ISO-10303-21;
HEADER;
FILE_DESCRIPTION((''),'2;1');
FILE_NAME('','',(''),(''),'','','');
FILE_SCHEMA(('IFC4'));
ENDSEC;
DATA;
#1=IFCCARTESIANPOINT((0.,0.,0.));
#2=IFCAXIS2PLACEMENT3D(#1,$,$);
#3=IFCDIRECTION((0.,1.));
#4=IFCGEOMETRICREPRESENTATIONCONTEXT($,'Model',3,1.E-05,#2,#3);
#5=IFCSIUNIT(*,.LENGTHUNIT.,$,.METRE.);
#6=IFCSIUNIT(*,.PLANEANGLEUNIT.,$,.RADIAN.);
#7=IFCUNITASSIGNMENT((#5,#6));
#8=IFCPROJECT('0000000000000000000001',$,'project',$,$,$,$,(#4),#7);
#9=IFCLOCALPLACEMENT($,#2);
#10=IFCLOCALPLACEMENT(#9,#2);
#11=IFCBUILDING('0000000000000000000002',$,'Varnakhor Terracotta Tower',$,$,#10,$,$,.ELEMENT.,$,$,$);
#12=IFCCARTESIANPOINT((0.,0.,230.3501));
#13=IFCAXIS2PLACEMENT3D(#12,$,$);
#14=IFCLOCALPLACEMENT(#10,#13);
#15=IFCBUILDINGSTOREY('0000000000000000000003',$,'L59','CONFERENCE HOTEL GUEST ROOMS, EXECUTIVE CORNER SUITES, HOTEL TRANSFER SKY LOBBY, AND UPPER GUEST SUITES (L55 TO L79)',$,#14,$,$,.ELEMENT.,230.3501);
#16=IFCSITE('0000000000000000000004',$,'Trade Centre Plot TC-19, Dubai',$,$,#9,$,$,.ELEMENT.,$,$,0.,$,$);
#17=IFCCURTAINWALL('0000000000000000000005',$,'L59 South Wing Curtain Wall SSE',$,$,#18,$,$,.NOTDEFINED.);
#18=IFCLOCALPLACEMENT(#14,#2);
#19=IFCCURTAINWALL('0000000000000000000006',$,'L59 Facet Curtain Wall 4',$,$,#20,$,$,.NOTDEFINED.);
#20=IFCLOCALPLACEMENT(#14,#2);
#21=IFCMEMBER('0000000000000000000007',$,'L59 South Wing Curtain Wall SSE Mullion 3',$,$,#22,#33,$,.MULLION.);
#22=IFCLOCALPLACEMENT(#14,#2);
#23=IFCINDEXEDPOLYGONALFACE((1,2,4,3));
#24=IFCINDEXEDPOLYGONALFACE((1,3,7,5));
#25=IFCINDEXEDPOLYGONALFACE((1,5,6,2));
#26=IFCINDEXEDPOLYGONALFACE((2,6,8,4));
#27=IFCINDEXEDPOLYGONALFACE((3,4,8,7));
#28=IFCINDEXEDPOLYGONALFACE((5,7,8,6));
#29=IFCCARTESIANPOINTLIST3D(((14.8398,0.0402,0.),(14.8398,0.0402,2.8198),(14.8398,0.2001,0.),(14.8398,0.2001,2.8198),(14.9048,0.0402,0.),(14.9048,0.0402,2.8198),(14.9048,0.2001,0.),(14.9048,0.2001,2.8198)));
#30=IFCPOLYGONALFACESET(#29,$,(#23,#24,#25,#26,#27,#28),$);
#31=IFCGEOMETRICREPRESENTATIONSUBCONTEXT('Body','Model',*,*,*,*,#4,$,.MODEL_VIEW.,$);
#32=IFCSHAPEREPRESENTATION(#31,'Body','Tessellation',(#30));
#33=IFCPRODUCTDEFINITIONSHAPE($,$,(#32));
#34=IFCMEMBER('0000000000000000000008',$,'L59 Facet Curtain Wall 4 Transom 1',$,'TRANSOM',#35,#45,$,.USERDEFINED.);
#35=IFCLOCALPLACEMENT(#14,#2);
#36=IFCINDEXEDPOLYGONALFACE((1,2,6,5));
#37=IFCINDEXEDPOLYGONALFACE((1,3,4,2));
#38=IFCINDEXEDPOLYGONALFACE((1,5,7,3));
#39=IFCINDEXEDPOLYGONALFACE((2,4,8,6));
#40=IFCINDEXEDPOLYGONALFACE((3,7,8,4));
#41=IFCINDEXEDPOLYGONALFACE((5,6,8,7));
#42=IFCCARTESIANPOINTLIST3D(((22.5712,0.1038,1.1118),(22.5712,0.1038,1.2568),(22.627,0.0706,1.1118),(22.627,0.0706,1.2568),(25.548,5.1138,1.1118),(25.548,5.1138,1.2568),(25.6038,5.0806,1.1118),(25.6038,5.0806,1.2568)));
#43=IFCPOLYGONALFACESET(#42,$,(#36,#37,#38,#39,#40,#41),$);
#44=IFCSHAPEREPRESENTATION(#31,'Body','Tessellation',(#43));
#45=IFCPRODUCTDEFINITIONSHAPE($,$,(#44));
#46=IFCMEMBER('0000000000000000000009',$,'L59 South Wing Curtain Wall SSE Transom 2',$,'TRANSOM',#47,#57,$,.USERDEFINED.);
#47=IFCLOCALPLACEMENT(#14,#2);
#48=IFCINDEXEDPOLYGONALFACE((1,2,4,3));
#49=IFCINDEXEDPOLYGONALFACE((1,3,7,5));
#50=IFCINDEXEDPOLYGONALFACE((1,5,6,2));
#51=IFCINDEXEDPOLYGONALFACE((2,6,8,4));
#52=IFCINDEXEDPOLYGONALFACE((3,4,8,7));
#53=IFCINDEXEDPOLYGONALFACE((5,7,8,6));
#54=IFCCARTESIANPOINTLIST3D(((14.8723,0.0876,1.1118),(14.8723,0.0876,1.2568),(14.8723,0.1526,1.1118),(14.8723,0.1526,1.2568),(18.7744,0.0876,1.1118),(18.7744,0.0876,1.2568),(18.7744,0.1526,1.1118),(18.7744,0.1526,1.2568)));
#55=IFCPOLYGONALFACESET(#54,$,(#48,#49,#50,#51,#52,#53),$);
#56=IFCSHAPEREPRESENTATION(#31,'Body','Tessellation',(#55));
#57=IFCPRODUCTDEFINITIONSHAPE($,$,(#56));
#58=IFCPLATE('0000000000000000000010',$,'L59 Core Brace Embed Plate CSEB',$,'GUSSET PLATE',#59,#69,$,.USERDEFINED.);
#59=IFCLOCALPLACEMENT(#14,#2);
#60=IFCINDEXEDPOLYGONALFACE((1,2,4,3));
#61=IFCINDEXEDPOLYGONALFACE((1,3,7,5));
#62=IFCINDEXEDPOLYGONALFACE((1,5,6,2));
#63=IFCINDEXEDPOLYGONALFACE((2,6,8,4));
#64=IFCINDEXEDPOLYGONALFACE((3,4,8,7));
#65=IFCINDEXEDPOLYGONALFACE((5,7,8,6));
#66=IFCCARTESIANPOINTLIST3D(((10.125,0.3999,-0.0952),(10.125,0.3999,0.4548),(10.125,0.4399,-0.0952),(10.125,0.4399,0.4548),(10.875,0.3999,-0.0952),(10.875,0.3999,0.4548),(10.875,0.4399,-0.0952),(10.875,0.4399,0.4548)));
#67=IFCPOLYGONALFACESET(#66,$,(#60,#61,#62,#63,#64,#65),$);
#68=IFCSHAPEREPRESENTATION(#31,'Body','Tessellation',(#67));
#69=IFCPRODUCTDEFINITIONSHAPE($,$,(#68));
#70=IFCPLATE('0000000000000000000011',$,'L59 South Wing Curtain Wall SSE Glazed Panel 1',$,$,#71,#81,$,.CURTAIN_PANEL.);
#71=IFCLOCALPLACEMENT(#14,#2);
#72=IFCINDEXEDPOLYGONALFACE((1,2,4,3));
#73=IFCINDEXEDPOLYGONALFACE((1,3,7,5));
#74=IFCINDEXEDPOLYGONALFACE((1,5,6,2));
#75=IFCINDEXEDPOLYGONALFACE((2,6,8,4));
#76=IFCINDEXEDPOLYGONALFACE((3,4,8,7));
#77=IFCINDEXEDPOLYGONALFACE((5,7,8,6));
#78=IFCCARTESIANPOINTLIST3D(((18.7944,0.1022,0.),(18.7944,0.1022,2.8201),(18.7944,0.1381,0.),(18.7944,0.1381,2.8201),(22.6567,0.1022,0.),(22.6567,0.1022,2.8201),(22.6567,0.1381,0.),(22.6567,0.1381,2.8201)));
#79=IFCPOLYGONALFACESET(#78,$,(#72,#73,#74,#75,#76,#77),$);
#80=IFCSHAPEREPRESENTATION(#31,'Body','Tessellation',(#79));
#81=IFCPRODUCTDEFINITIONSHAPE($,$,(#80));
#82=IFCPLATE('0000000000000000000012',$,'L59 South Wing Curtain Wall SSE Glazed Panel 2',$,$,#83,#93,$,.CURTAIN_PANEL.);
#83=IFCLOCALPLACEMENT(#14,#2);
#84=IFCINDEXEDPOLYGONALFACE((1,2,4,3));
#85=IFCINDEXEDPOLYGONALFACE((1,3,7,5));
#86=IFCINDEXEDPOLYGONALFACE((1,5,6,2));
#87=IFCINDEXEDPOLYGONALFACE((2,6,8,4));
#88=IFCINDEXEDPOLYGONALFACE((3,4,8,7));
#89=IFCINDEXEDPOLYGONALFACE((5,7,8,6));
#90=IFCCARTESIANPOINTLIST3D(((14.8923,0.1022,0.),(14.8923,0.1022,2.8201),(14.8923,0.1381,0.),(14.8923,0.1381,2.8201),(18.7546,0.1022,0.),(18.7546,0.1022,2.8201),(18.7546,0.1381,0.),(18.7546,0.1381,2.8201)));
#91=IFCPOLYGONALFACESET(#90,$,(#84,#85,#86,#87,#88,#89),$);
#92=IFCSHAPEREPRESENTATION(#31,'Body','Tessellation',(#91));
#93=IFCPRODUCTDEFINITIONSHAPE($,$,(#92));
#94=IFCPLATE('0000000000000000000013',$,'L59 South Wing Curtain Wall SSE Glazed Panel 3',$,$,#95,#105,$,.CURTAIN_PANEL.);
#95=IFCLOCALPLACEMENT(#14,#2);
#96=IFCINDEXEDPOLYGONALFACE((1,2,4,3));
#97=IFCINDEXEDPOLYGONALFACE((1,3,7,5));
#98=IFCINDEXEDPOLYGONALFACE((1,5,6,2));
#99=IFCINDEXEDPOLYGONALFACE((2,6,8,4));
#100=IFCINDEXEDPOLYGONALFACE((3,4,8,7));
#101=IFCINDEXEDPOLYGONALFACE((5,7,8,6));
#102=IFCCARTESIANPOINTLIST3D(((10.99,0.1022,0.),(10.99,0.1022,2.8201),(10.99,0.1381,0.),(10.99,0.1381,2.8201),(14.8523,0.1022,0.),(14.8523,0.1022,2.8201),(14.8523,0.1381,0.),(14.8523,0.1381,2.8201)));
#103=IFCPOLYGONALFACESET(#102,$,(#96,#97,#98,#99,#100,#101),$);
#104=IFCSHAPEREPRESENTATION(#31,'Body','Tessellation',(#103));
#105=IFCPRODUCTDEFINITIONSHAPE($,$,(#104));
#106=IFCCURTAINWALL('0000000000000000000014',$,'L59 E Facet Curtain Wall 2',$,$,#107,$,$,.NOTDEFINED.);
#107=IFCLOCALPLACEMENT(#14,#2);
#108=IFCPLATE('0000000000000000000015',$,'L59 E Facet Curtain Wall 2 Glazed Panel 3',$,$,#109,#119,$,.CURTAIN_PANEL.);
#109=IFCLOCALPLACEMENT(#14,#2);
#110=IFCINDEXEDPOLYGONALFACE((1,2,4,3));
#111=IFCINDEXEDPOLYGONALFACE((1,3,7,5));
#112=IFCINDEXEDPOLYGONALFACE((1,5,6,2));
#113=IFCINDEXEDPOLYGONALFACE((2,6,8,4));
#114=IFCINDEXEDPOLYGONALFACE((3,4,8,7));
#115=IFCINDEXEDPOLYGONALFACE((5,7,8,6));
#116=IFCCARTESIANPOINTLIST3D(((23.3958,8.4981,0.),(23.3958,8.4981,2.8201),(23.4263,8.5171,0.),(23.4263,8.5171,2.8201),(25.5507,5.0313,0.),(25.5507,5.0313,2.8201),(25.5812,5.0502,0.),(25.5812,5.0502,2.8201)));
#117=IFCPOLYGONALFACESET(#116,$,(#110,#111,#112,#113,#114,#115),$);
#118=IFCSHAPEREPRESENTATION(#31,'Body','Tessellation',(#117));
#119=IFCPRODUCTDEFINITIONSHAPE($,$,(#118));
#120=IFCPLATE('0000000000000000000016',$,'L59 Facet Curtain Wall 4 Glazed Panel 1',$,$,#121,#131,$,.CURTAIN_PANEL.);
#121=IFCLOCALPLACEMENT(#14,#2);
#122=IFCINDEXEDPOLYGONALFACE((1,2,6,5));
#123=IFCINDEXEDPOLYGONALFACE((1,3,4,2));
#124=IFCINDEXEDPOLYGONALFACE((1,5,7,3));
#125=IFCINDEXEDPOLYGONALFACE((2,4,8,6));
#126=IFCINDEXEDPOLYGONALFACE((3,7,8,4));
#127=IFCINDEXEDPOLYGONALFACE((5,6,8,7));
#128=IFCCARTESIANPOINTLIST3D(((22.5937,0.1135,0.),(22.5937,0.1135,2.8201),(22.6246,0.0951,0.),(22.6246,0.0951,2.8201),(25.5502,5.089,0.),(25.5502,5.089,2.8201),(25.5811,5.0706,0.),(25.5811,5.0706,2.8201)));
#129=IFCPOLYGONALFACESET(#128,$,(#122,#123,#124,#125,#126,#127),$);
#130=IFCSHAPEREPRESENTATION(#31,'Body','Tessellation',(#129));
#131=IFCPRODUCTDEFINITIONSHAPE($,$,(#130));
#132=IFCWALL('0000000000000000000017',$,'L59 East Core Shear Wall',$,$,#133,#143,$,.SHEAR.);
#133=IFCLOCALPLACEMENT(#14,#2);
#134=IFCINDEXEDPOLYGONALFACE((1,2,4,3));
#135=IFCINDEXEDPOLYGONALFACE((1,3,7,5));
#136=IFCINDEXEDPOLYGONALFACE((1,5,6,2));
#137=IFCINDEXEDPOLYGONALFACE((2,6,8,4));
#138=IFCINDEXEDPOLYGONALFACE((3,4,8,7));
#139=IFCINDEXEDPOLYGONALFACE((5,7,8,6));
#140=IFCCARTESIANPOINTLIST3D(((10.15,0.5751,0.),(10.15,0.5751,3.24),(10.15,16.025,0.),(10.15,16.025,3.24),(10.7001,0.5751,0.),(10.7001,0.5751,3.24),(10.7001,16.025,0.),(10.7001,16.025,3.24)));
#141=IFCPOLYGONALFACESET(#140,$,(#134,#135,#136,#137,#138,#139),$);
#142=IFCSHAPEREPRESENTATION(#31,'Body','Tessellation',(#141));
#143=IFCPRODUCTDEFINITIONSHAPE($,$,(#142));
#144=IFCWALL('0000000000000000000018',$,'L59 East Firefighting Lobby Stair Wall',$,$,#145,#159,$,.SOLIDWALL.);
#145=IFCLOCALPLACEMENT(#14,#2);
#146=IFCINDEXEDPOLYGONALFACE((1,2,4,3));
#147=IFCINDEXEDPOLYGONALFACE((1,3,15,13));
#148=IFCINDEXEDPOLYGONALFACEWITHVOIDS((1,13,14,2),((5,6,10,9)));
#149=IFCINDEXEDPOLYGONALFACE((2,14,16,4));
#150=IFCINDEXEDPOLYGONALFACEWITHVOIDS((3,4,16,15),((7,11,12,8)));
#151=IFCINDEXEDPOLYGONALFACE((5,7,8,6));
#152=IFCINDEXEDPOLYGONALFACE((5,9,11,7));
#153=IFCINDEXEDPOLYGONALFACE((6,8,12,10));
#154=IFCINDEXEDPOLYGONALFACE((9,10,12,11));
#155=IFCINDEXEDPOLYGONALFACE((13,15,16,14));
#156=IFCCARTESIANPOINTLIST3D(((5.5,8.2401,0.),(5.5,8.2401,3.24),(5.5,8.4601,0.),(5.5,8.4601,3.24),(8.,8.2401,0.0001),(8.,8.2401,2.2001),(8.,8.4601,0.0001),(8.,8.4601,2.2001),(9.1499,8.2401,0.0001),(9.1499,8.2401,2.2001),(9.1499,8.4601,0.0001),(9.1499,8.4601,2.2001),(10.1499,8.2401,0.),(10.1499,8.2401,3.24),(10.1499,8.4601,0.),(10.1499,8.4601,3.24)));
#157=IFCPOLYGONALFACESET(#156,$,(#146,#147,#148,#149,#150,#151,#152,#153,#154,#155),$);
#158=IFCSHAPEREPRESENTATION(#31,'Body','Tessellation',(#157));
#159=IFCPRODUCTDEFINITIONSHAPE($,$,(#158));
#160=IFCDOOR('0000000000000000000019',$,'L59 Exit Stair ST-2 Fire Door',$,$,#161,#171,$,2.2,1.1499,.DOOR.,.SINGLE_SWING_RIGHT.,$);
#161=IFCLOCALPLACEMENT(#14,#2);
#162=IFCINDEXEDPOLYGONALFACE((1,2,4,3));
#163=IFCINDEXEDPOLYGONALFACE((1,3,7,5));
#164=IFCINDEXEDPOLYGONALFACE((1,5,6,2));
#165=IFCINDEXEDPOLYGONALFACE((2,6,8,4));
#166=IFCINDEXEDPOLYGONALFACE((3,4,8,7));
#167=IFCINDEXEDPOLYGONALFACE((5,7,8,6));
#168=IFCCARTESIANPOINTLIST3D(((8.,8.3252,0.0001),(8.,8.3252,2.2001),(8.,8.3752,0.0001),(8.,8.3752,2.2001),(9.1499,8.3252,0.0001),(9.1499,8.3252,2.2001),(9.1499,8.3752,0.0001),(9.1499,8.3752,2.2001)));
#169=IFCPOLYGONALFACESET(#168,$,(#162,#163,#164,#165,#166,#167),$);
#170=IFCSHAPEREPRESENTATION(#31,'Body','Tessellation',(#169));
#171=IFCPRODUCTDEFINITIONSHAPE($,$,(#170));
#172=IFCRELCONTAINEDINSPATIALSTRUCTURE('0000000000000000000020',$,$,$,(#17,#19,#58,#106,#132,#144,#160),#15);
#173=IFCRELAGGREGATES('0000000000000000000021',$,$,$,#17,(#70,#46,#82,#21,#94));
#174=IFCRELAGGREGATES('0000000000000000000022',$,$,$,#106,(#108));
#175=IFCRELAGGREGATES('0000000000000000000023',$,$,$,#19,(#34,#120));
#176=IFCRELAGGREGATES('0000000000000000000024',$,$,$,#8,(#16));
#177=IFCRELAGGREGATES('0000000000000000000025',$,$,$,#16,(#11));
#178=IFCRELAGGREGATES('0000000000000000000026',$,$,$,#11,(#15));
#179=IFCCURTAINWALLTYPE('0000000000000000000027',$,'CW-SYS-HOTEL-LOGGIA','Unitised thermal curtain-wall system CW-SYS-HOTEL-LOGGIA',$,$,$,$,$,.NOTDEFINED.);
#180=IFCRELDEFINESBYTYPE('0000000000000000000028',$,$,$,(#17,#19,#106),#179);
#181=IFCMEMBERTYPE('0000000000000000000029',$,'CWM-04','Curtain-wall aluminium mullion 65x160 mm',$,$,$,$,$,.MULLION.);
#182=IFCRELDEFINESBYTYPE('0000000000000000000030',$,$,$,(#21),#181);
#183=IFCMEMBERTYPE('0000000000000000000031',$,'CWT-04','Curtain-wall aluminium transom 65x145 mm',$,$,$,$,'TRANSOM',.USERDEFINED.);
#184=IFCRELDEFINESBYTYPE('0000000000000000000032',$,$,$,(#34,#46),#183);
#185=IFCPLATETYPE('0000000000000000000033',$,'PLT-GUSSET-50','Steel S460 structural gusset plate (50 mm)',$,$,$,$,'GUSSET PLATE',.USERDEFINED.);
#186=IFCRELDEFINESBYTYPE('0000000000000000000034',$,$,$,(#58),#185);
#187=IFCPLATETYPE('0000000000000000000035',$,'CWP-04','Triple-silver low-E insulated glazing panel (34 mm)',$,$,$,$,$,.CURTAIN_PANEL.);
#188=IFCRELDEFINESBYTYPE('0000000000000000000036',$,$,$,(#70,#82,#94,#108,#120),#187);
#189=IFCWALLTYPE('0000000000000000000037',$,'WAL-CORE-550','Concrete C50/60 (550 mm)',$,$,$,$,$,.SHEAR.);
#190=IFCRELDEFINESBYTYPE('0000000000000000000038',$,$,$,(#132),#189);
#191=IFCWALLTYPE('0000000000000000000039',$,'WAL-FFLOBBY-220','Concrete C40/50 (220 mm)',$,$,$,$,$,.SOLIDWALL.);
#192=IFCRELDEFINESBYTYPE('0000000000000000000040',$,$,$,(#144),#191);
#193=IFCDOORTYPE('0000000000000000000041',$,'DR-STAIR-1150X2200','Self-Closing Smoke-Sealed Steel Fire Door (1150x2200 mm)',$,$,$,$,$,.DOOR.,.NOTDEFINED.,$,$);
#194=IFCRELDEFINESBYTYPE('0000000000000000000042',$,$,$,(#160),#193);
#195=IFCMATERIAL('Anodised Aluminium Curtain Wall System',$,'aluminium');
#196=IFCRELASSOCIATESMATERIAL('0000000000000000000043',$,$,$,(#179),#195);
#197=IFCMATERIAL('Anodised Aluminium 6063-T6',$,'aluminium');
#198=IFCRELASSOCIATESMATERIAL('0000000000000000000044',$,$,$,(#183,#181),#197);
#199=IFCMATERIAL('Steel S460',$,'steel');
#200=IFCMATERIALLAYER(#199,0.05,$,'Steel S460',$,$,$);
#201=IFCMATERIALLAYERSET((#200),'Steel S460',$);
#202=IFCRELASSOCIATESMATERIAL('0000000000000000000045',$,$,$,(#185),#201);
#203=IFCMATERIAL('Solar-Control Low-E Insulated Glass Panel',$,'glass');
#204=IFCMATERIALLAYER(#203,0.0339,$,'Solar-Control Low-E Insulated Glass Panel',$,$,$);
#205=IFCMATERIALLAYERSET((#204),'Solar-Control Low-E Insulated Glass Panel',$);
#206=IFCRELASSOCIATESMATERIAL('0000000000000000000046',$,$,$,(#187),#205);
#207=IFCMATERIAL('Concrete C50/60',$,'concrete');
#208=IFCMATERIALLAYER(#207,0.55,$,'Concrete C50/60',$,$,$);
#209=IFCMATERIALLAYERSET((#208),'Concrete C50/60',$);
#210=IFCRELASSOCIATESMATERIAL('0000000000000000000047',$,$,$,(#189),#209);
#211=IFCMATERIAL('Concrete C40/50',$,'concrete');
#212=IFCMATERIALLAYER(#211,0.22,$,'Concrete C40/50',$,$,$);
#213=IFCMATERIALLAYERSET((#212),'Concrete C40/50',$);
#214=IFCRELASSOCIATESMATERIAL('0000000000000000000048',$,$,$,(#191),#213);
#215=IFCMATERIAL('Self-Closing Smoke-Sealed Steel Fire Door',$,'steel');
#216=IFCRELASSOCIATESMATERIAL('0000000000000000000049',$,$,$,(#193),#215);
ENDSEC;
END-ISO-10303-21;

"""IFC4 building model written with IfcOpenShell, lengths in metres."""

from ifc_helpers import new_model, si_unit, direction, frame, frame_2d, origin, origin_2d, place, context, subcontext, project, spatial, rectangle, extrude, source, transform, mapped, material, layer, layer_set, material_profile, profile_set, type_object, type_shapes, element, fill, aggregate, save


model = new_model("IFC4")

# Units and contexts
model_context = context("Model", 3, precision=1e-05, world=origin(), true_north=direction((0.0, 1.0)))
body_context = subcontext(model_context, "Body", "Model", "MODEL_VIEW")
ifc_project = project(units=[si_unit("LENGTHUNIT", "METRE"), si_unit("PLANEANGLEUNIT", "RADIAN")], contexts=[model_context])

# Site, building, storey
site_placement = place(None, origin())
site = spatial("IfcSite", under=ifc_project, at=site_placement, Name="Trade Centre Plot TC-19, Dubai", CompositionType="ELEMENT", RefElevation=0.0)
building_placement = place(site_placement, origin())
building = spatial("IfcBuilding", under=site, at=building_placement, Name="Varnakhor Terracotta Tower", CompositionType="ELEMENT")
storey_placement = place(building_placement, frame((0.0, 0.0, 230.3501)))
storey = spatial("IfcBuildingStorey", under=building, at=storey_placement, Name="L59", Description="CONFERENCE HOTEL GUEST ROOMS, EXECUTIVE CORNER SUITES, HOTEL TRANSFER SKY LOBBY, AND UPPER GUEST SUITES (L55 TO L79)", CompositionType="ELEMENT", Elevation=230.3501)

# Shared definitions
ifc_material_1 = material(Name="Concrete C50/60", Category="concrete")
ifc_material_2 = material(Name="Steel S460", Category="steel")

# Curtain wall
ifc_material_3 = material(Name="Anodised Aluminium Curtain Wall System", Category="aluminium")
curtain_wall_type = type_object("IfcCurtainWallType", Name="CW-SYS-HOTEL-LOGGIA", Description="Unitised thermal curtain-wall system CW-SYS-HOTEL-LOGGIA", PredefinedType="NOTDEFINED", material=ifc_material_3)
curtain_wall_1_placement = place(storey_placement, origin())
curtain_wall_1 = element("IfcCurtainWall", 1, at=curtain_wall_1_placement, inside=storey, type_object=curtain_wall_type, Name="L59 South Wing Curtain Wall SSE", PredefinedType="NOTDEFINED")
ifc_material_4 = material(Name="Anodised Aluminium 6063-T6", Category="aluminium")
ifc_material_profile_1 = material_profile(ifc_material_4, rectangle(XDim=0.0649, YDim=0.145, at=origin_2d()), Name="ALU TRANSOM 65x145")
ifc_profile_set_1 = profile_set([ifc_material_profile_1], Name="Anodised Aluminium 6063-T6")
member_type_1 = type_object("IfcMemberType", Name="CWT-04", Description="Curtain-wall aluminium transom 65x145 mm", ElementType="TRANSOM", PredefinedType="USERDEFINED", material=ifc_profile_set_1)

# Curtain wall
curtain_wall_2_placement = place(storey_placement, origin())
curtain_wall_2 = element("IfcCurtainWall", 2, at=curtain_wall_2_placement, inside=storey, type_object=curtain_wall_type, Name="L59 Facet Curtain Wall 4", PredefinedType="NOTDEFINED")
ifc_material_profile_2 = material_profile(ifc_material_4, rectangle(XDim=0.0649, YDim=0.1599, at=origin_2d()), Name="ALU MULLION 65x160")
ifc_profile_set_2 = profile_set([ifc_material_profile_2], Name="Anodised Aluminium 6063-T6")
member_type_2 = type_object("IfcMemberType", Name="CWM-04", Description="Curtain-wall aluminium mullion 65x160 mm", PredefinedType="MULLION", material=ifc_profile_set_2)
shared_shape_1 = source(origin(), body_context, "Body", "SweptSolid", [
    extrude(rectangle(XDim=0.0649, YDim=0.1599, at=origin_2d()), origin(), (0.0, 0.0, 1.0), 2.8198),
])

# Members
member_1_placement = place(storey_placement, frame((14.8723, 0.1201, 0.0), z_axis=(0.0, 0.0, 1.0), x_axis=(1.0, 0.0, 0.0)))
member_1 = element("IfcMember", 3, at=member_1_placement, type_object=member_type_2, Name="L59 South Wing Curtain Wall SSE Mullion 3", PredefinedType="MULLION", context=body_context, shape_type="MappedRepresentation", body=[
    mapped(shared_shape_1, transform((0.0, 0.0, 0.0), scale=1.0)),
])
shared_shape_2 = source(origin(), body_context, "Body", "SweptSolid", [
    extrude(rectangle(XDim=0.0649, YDim=0.145, at=origin_2d()), origin(), (0.0, 0.0, 1.0), 5.8276),
])
member_2_placement = place(storey_placement, frame((25.5759, 5.0972, 1.1843), z_axis=(-0.510807, -0.859696, 0.0), x_axis=(0.859696, -0.510807, 0.0)))
member_2 = element("IfcMember", 4, at=member_2_placement, type_object=member_type_1, Name="L59 Facet Curtain Wall 4 Transom 1", ObjectType="TRANSOM", PredefinedType="USERDEFINED", context=body_context, shape_type="MappedRepresentation", body=[
    mapped(shared_shape_2, transform((0.0, 0.0, 0.0), scale=1.0)),
])
shared_shape_3 = source(origin(), body_context, "Body", "SweptSolid", [
    extrude(rectangle(XDim=0.0649, YDim=0.145, at=origin_2d()), origin(), (0.0, 0.0, 1.0), 3.9021),
])
member_3_placement = place(storey_placement, frame((18.7744, 0.1201, 1.1843), z_axis=(-1.0, 0.0, 0.0), x_axis=(0.0, -1.0, 0.0)))
member_3 = element("IfcMember", 5, at=member_3_placement, type_object=member_type_1, Name="L59 South Wing Curtain Wall SSE Transom 2", ObjectType="TRANSOM", PredefinedType="USERDEFINED", context=body_context, shape_type="MappedRepresentation", body=[
    mapped(shared_shape_3, transform((0.0, 0.0, 0.0), scale=1.0)),
])

# Plates
ifc_layer_1 = layer(ifc_material_2, 0.05, Name="Steel S460")
ifc_layer_set_1 = layer_set([ifc_layer_1], Name="Steel S460")
plate_type_1 = type_object("IfcPlateType", Name="PLT-GUSSET-50", Description="Steel S460 structural gusset plate (50 mm)", ElementType="GUSSET PLATE", PredefinedType="USERDEFINED", material=ifc_layer_set_1)
shared_shape_4 = source(origin(), body_context, "Body", "SweptSolid", [
    extrude(rectangle(XDim=0.75, YDim=0.04, at=origin_2d()), origin(), (0.0, 0.0, 1.0), 0.55),
])
type_shapes(plate_type_1, [shared_shape_4])
plate_1_placement = place(storey_placement, frame((10.5, 0.4199, -0.0952), z_axis=(0.0, 0.0, 1.0), x_axis=(1.0, 0.0, 0.0)))
element("IfcPlate", 6, at=plate_1_placement, inside=storey, type_object=plate_type_1, Name="L59 Core Brace Embed Plate CSEB", ObjectType="GUSSET PLATE", PredefinedType="USERDEFINED", context=body_context, shape_type="MappedRepresentation", body=[
    mapped(shared_shape_4, transform((0.0, 0.0, 0.0), scale=1.0)),
])
ifc_material_5 = material(Name="Solar-Control Low-E Insulated Glass Panel", Category="glass")
ifc_layer_2 = layer(ifc_material_5, 0.0339, Name="Solar-Control Low-E Insulated Glass Panel")
ifc_layer_set_2 = layer_set([ifc_layer_2], Name="Solar-Control Low-E Insulated Glass Panel")
plate_type_2 = type_object("IfcPlateType", Name="CWP-04", Description="Triple-silver low-E insulated glazing panel (34 mm)", PredefinedType="CURTAIN_PANEL", material=ifc_layer_set_2)
shared_shape_5 = source(origin(), body_context, "Body", "SweptSolid", [
    extrude(rectangle(XDim=3.8623, YDim=0.0359, at=origin_2d()), origin(), (0.0, 0.0, 1.0), 2.8201),
])
plate_2_placement = place(storey_placement, frame((20.7256, 0.1201, 0.0), z_axis=(0.0, 0.0, 1.0), x_axis=(-1.0, 0.0, 0.0)))
plate_2 = element("IfcPlate", 7, at=plate_2_placement, type_object=plate_type_2, Name="L59 South Wing Curtain Wall SSE Glazed Panel 1", PredefinedType="CURTAIN_PANEL", context=body_context, shape_type="MappedRepresentation", body=[
    mapped(shared_shape_5, transform((0.0, 0.0, 0.0), scale=1.0)),
])
plate_3_placement = place(storey_placement, frame((16.8235, 0.1201, 0.0), z_axis=(0.0, 0.0, 1.0), x_axis=(-1.0, 0.0, 0.0)))
plate_3 = element("IfcPlate", 8, at=plate_3_placement, type_object=plate_type_2, Name="L59 South Wing Curtain Wall SSE Glazed Panel 2", PredefinedType="CURTAIN_PANEL", context=body_context, shape_type="MappedRepresentation", body=[
    mapped(shared_shape_5, transform((0.0, 0.0, 0.0), scale=1.0)),
])
plate_4_placement = place(storey_placement, frame((12.9211, 0.1201, 0.0), z_axis=(0.0, 0.0, 1.0), x_axis=(-1.0, 0.0, 0.0)))
plate_4 = element("IfcPlate", 9, at=plate_4_placement, type_object=plate_type_2, Name="L59 South Wing Curtain Wall SSE Glazed Panel 3", PredefinedType="CURTAIN_PANEL", context=body_context, shape_type="MappedRepresentation", body=[
    mapped(shared_shape_5, transform((0.0, 0.0, 0.0), scale=1.0)),
])
aggregate(curtain_wall_1, [plate_2, member_3, plate_3, member_1, plate_4])

# Curtain wall, plate
curtain_wall_3_placement = place(storey_placement, origin())
curtain_wall_3 = element("IfcCurtainWall", 10, at=curtain_wall_3_placement, inside=storey, type_object=curtain_wall_type, Name="L59 E Facet Curtain Wall 2", PredefinedType="NOTDEFINED")
shared_shape_6 = source(origin(), body_context, "Body", "SweptSolid", [
    extrude(rectangle(XDim=4.082, YDim=0.0359, at=origin_2d()), origin(), (0.0, 0.0, 1.0), 2.8201),
])
plate_5_placement = place(storey_placement, frame((24.4885, 6.7742, 0.0), z_axis=(0.0, 0.0, 1.0), x_axis=(0.527905, -0.849304, 0.0)))
plate_5 = element("IfcPlate", 11, at=plate_5_placement, type_object=plate_type_2, Name="L59 E Facet Curtain Wall 2 Glazed Panel 3", PredefinedType="CURTAIN_PANEL", context=body_context, shape_type="MappedRepresentation", body=[
    mapped(shared_shape_6, transform((0.0, 0.0, 0.0), scale=1.0)),
])
aggregate(curtain_wall_3, [plate_5])

# Plate
shared_shape_7 = source(origin(), body_context, "Body", "SweptSolid", [
    extrude(rectangle(XDim=5.7876, YDim=0.0359, at=origin_2d()), origin(), (0.0, 0.0, 1.0), 2.8201),
])
plate_6_placement = place(storey_placement, frame((24.0874, 2.592, 0.0), z_axis=(0.0, 0.0, 1.0), x_axis=(-0.510828, -0.859683, 0.0)))
plate_6 = element("IfcPlate", 12, at=plate_6_placement, type_object=plate_type_2, Name="L59 Facet Curtain Wall 4 Glazed Panel 1", PredefinedType="CURTAIN_PANEL", context=body_context, shape_type="MappedRepresentation", body=[
    mapped(shared_shape_7, transform((0.0, 0.0, 0.0), scale=1.0)),
])
aggregate(curtain_wall_2, [member_2, plate_6])

# Wall
ifc_layer_3 = layer(ifc_material_1, 0.55, Name="Concrete C50/60")
ifc_layer_set_3 = layer_set([ifc_layer_3], Name="Concrete C50/60")
wall_type_1 = type_object("IfcWallType", Name="WAL-CORE-550", Description="Concrete C50/60 (550 mm)", PredefinedType="SHEAR", material=ifc_layer_set_3)
wall_1_placement = place(storey_placement, frame((10.425, 0.575, 0.0), z_axis=(0.0, 0.0, 1.0), x_axis=(0.0, 1.0, 0.0)))
element("IfcWall", 13, at=wall_1_placement, inside=storey, type_object=wall_type_1, Name="L59 East Core Shear Wall", PredefinedType="SHEAR", context=body_context, shape_type="SweptSolid", body=[
    extrude(rectangle(XDim=15.45, YDim=0.55, at=frame_2d((7.7251, 0.0))), origin(), (0.0, 0.0, 1.0), 3.24),
])

# Wall, opening, door
ifc_material_6 = material(Name="Concrete C40/50", Category="concrete")
ifc_layer_4 = layer(ifc_material_6, 0.22, Name="Concrete C40/50")
ifc_layer_set_4 = layer_set([ifc_layer_4], Name="Concrete C40/50")
wall_type_2 = type_object("IfcWallType", Name="WAL-FFLOBBY-220", Description="Concrete C40/50 (220 mm)", PredefinedType="SOLIDWALL", material=ifc_layer_set_4)
wall_2_placement = place(storey_placement, frame((10.1499, 8.3501, 0.0), z_axis=(0.0, 0.0, 1.0), x_axis=(-1.0, 0.0, 0.0)))
wall_2 = element("IfcWall", 14, at=wall_2_placement, inside=storey, type_object=wall_type_2, Name="L59 East Firefighting Lobby Stair Wall", PredefinedType="SOLIDWALL", context=body_context, shape_type="SweptSolid", body=[
    extrude(rectangle(XDim=4.6499, YDim=0.22, at=frame_2d((2.325, 0.0))), origin(), (0.0, 0.0, 1.0), 3.24),
])
opening_1_placement = place(wall_2_placement, frame((1.0, 0.0, 0.0)))
opening_1 = element("IfcOpeningElement", 15, at=opening_1_placement, cuts=wall_2, PredefinedType="OPENING", context=body_context, shape_type="SweptSolid", body=[
    extrude(rectangle(XDim=1.1499, YDim=2.2, at=frame_2d((0.575, 1.1001))), frame((0.0, 0.1201, 0.0), z_axis=(0.0, -1.0, 0.0), x_axis=(1.0, 0.0, 0.0)), (0.0, 0.0, 1.0), 0.24),
])
ifc_material_7 = material(Name="Self-Closing Smoke-Sealed Steel Fire Door", Category="steel")
door_type_1 = type_object("IfcDoorType", Name="DR-STAIR-1150X2200", Description="Self-Closing Smoke-Sealed Steel Fire Door (1150x2200 mm)", OperationType="NOTDEFINED", PredefinedType="DOOR", material=ifc_material_7)
shared_shape_8 = source(origin(), body_context, "Body", "SweptSolid", [
    extrude(rectangle(XDim=1.1499, YDim=2.2, at=frame_2d((0.575, 1.1001))), frame((0.0, 0.0249, 0.0), z_axis=(0.0, -1.0, 0.0), x_axis=(1.0, 0.0, 0.0)), (0.0, 0.0, 1.0), 0.05),
])
type_shapes(door_type_1, [shared_shape_8])
door_1_placement = place(opening_1_placement, origin())
door_1 = element("IfcDoor", 16, at=door_1_placement, inside=storey, type_object=door_type_1, Name="L59 Exit Stair ST-2 Fire Door", OperationType="SINGLE_SWING_RIGHT", OverallHeight=2.2, OverallWidth=1.1499, PredefinedType="DOOR", context=body_context, shape_type="MappedRepresentation", body=[
    mapped(shared_shape_8, transform((0.0, 0.0, 0.0), scale=1.0)),
])
fill(opening_1, door_1)

save(model, "model.ifc")
